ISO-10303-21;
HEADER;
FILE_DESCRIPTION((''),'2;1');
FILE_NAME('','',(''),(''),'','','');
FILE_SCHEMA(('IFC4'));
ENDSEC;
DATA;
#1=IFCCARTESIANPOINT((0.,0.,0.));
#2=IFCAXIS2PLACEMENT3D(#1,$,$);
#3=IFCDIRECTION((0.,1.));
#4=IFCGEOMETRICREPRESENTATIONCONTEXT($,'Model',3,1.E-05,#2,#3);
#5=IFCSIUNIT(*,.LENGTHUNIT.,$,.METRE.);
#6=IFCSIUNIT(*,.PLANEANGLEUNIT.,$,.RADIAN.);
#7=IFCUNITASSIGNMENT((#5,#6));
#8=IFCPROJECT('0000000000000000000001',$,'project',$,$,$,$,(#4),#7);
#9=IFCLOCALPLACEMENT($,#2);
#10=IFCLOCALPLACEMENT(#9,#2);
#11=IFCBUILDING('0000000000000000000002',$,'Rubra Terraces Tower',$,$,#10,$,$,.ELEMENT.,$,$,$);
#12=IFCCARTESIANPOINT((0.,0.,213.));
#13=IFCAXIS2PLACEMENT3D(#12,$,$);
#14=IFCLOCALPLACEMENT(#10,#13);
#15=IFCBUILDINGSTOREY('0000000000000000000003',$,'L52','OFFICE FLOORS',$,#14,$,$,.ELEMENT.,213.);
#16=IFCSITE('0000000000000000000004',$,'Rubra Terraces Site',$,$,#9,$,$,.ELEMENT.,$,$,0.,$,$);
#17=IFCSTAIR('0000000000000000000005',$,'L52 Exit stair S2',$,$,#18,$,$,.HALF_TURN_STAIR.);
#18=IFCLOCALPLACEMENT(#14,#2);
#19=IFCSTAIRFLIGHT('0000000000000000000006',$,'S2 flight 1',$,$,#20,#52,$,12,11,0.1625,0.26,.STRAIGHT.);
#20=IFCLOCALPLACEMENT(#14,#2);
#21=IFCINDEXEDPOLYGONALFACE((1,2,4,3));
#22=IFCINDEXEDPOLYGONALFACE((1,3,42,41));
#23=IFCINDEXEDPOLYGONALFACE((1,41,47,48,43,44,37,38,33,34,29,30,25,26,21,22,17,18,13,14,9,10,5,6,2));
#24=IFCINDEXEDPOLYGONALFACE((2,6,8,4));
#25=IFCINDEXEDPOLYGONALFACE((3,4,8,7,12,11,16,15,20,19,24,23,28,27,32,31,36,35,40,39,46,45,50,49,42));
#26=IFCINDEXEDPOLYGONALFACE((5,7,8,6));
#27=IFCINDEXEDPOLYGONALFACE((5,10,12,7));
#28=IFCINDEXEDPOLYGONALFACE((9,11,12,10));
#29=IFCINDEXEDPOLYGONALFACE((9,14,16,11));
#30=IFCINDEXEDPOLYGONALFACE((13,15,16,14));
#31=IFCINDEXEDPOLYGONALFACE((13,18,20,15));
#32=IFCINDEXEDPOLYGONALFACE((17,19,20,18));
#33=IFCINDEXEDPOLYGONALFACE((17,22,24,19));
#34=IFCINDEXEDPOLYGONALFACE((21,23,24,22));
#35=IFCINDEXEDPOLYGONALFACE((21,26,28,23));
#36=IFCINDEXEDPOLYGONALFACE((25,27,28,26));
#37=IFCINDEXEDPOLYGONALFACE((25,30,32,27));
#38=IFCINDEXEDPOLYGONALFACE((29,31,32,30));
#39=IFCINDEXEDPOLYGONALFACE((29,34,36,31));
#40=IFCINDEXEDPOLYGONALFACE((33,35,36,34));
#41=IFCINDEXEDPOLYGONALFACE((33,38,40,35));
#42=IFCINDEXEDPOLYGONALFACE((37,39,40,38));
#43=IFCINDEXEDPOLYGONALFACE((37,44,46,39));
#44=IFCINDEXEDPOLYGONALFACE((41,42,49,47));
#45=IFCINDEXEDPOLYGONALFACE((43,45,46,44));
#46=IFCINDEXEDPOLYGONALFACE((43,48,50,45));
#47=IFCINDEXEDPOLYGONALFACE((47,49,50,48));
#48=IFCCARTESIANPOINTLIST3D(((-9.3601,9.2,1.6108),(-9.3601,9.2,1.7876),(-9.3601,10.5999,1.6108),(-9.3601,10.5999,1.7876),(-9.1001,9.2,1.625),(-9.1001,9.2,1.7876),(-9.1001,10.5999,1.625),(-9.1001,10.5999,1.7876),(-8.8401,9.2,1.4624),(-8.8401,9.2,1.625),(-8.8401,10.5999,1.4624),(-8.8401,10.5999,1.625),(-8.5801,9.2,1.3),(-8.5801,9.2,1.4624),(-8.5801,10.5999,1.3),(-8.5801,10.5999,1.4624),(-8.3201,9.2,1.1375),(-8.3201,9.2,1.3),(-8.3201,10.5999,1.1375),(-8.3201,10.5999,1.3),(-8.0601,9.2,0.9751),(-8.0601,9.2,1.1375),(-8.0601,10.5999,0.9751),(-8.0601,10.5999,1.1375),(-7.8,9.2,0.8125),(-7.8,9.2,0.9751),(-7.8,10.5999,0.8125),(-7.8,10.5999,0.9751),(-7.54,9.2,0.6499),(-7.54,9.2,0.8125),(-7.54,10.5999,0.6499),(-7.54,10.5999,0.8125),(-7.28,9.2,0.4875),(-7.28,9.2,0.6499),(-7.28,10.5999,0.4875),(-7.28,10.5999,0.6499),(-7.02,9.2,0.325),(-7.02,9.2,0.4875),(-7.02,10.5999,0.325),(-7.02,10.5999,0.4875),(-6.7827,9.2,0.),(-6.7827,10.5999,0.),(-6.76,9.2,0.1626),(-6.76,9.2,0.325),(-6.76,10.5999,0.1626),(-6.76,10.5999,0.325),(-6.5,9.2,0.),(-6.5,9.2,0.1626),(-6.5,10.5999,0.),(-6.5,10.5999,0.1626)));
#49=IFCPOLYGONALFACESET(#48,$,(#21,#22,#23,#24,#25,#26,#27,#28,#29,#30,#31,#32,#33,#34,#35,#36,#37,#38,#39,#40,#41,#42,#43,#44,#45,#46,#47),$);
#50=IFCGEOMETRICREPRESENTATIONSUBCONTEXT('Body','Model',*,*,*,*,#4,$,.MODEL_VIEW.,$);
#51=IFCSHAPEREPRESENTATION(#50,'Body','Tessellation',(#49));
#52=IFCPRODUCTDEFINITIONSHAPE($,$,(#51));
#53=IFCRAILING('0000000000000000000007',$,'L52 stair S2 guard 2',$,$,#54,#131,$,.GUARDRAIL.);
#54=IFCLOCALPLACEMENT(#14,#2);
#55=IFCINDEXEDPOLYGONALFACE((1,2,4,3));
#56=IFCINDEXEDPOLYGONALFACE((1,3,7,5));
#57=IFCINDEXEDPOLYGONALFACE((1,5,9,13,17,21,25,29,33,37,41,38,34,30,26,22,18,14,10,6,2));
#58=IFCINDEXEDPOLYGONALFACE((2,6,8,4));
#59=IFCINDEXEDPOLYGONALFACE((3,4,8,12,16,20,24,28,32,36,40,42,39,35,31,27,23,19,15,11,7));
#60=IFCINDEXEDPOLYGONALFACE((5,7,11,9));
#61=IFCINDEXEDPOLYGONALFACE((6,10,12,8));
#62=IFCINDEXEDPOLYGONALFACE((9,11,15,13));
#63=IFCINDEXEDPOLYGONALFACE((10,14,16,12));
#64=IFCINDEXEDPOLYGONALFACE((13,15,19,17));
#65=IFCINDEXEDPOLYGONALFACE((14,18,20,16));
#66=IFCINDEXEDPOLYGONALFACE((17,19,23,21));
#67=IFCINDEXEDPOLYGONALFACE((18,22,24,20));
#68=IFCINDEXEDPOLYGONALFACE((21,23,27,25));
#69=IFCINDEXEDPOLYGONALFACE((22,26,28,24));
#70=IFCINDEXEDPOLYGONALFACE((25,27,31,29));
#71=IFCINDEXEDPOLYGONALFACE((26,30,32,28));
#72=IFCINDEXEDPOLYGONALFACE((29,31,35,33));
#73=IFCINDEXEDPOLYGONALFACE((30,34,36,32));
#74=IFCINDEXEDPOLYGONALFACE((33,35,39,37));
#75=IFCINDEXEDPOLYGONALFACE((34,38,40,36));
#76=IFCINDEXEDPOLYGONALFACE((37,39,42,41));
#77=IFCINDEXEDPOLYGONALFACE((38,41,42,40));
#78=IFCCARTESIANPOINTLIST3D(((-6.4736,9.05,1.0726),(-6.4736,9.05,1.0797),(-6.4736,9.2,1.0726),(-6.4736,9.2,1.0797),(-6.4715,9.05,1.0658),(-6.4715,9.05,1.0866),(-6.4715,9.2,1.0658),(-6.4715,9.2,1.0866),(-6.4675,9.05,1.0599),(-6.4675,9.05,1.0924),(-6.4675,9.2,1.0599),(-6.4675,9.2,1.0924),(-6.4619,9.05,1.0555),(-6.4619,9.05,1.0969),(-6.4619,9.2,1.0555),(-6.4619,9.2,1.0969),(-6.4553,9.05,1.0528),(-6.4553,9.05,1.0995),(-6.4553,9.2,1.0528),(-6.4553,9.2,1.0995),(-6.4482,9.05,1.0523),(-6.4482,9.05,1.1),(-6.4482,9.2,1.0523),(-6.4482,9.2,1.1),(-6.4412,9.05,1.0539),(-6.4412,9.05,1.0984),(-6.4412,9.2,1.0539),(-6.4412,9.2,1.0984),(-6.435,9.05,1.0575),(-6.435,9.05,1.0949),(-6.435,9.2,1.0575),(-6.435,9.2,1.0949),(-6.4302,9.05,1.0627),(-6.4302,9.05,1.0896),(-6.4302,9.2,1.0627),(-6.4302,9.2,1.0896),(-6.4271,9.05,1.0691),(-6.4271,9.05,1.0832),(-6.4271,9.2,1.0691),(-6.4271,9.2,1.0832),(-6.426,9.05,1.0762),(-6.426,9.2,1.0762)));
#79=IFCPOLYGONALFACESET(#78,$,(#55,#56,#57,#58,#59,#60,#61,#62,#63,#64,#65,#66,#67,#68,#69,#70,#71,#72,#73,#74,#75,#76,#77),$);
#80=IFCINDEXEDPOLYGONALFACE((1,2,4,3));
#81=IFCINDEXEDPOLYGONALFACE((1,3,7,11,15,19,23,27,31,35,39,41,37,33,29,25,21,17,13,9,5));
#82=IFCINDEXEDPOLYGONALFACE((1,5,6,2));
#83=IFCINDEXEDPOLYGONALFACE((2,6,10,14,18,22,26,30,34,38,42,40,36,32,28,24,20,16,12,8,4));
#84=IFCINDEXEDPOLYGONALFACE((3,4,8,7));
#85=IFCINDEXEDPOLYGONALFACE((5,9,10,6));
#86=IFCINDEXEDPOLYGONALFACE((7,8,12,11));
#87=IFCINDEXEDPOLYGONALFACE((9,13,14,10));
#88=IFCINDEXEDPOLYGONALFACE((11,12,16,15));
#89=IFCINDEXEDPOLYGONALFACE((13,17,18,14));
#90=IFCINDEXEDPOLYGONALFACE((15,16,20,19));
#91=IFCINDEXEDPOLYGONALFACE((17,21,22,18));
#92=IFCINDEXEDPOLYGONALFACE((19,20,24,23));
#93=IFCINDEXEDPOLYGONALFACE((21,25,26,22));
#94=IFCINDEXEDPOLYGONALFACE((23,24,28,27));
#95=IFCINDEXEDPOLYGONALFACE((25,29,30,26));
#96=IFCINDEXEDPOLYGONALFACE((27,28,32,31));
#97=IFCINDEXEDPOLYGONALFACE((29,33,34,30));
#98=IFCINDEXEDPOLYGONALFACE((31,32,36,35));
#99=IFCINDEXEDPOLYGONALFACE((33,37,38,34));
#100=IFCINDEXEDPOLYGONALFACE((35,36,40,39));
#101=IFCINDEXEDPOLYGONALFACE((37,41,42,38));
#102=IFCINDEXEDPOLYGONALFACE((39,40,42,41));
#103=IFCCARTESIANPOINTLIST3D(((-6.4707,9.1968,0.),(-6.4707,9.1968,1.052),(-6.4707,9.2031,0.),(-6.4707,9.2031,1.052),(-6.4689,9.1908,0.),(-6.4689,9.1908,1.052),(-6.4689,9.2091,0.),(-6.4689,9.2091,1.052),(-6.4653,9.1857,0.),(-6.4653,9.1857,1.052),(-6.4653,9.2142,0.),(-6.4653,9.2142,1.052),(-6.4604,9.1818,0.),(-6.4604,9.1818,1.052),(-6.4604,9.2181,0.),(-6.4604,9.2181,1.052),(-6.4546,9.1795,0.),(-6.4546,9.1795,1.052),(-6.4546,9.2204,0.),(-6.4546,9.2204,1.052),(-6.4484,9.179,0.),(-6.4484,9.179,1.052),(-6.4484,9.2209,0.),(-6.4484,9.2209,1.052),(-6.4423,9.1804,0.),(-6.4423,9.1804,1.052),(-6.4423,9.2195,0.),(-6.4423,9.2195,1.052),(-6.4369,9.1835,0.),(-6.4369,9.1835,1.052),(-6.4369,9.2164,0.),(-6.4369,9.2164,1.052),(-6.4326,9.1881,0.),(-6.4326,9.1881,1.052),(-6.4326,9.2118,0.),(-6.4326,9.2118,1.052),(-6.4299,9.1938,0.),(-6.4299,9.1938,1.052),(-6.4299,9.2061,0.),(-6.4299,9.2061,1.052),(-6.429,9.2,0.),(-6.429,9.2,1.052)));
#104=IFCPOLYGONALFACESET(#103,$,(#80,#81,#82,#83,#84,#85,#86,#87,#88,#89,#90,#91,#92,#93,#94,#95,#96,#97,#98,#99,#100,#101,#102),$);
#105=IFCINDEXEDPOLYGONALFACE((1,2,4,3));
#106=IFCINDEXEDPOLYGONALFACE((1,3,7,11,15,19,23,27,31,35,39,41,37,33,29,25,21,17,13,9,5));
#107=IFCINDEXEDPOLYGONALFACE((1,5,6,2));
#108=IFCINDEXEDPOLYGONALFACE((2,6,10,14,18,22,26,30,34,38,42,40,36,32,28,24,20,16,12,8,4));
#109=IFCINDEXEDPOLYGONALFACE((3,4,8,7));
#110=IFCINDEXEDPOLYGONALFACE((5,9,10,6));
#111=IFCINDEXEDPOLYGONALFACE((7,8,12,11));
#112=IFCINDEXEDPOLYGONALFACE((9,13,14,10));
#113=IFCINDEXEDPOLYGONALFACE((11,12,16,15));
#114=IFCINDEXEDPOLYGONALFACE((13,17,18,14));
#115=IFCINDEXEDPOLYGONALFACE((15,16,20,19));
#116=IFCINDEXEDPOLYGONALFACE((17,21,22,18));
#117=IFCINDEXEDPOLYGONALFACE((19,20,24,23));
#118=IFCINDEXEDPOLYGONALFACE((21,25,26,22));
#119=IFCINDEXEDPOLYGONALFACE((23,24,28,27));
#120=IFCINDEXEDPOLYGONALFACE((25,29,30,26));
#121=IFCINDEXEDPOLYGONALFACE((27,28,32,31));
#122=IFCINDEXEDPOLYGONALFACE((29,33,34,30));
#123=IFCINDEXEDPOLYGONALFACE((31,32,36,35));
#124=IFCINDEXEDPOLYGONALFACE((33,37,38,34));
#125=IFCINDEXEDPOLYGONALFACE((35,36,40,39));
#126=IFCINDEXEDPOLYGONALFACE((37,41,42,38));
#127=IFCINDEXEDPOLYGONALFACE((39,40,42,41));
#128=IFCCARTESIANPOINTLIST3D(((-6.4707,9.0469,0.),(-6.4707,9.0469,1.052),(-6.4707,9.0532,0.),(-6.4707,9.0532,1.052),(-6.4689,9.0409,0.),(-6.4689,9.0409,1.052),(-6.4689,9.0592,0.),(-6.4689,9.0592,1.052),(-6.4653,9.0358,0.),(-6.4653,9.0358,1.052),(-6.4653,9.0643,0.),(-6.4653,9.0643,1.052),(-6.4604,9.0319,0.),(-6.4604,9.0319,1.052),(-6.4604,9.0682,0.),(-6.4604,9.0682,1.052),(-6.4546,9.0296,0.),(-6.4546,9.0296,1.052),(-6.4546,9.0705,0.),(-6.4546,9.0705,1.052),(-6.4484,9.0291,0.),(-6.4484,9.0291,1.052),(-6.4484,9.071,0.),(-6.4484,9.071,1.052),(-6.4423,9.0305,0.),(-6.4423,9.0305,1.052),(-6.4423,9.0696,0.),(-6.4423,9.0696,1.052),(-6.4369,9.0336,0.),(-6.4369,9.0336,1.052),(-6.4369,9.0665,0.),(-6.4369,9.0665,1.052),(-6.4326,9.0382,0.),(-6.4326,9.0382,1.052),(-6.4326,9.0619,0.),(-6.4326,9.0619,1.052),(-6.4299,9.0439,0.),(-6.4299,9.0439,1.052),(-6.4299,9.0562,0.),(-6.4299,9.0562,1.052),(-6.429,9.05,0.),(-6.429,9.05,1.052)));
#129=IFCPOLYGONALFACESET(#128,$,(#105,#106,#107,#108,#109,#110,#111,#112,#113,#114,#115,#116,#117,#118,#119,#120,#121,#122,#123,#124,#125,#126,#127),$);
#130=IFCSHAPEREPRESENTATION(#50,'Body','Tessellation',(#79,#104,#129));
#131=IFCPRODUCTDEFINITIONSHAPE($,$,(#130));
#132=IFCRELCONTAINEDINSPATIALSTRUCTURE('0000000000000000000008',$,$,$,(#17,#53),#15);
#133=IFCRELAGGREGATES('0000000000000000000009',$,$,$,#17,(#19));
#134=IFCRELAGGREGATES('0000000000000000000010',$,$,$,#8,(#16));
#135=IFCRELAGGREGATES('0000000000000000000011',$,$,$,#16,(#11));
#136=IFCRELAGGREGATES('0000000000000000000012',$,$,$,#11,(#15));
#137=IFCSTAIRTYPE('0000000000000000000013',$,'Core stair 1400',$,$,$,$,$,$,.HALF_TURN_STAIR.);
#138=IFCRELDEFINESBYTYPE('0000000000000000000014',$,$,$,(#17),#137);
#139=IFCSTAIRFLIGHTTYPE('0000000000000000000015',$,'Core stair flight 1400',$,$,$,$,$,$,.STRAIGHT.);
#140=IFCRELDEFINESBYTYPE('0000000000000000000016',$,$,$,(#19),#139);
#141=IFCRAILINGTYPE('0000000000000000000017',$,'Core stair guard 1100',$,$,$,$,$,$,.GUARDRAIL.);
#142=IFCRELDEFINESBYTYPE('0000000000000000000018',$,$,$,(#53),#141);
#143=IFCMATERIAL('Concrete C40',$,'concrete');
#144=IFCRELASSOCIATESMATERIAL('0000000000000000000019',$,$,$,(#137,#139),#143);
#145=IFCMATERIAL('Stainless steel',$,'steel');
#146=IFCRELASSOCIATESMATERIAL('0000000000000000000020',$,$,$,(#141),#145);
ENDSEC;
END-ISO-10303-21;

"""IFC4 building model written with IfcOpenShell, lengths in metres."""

from ifc_helpers import new_model, si_unit, direction, frame, origin, origin_2d, place, context, subcontext, project, spatial, polyline, circle, outline, extrude, material, type_object, element, aggregate, save


model = new_model("IFC4")

# Units and contexts
model_context = context("Model", 3, precision=1e-05, world=origin(), true_north=direction((0.0, 1.0)))
body_context = subcontext(model_context, "Body", "Model", "MODEL_VIEW")
ifc_project = project(units=[si_unit("LENGTHUNIT", "METRE"), si_unit("PLANEANGLEUNIT", "RADIAN")], contexts=[model_context])

# Site, building, storey
site_placement = place(None, origin())
site = spatial("IfcSite", under=ifc_project, at=site_placement, Name="Rubra Terraces Site", CompositionType="ELEMENT", RefElevation=0.0)
building_placement = place(site_placement, origin())
building = spatial("IfcBuilding", under=site, at=building_placement, Name="Rubra Terraces Tower", CompositionType="ELEMENT")
storey_placement = place(building_placement, frame((0.0, 0.0, 213.0)))
storey = spatial("IfcBuildingStorey", under=building, at=storey_placement, Name="L52", Description="OFFICE FLOORS", CompositionType="ELEMENT", Elevation=213.0)

# Shared definitions
ifc_material_1 = material(Name="Stainless steel", Category="steel")

# Stair, stair flight
ifc_material_2 = material(Name="Concrete C40", Category="concrete")
stair_type = type_object("IfcStairType", Name="Core stair 1400", PredefinedType="HALF_TURN_STAIR", material=ifc_material_2)
stair_placement = place(storey_placement, origin())
stair = element("IfcStair", 1, at=stair_placement, inside=storey, type_object=stair_type, Name="L52 Exit stair S2", PredefinedType="HALF_TURN_STAIR")
stair_flight_type = type_object("IfcStairFlightType", Name="Core stair flight 1400", PredefinedType="STRAIGHT", material=ifc_material_2)
stair_flight_placement = place(storey_placement, frame((-6.5, 9.8999, 0.0), z_axis=(0.0, 0.0, 1.0), x_axis=(-1.0, 0.0, 0.0)))
stair_flight = element("IfcStairFlight", 2, at=stair_flight_placement, type_object=stair_flight_type, Name="S2 flight 1", NumberOfRisers=12, NumberOfTreads=11, PredefinedType="STRAIGHT", RiserHeight=0.1625, TreadLength=0.26, context=body_context, shape_type="SweptSolid", body=[
    extrude(outline(polyline([(0.0, 0.0), (0.0, 0.1626), (0.26, 0.1626), (0.26, 0.325), (0.52, 0.325), (0.52, 0.4875), (0.78, 0.4875), (0.78, 0.6499), (1.04, 0.6499), (1.04, 0.8125), (1.3, 0.8125), (1.3, 0.9751), (1.5601, 0.9751), (1.5601, 1.1375), (1.8201, 1.1375), (1.8201, 1.3), (2.0801, 1.3), (2.0801, 1.4624), (2.3401, 1.4624), (2.3401, 1.625), (2.6001, 1.625), (2.6001, 1.7876), (2.8601, 1.7876), (2.8601, 1.95), (2.8601, 1.6108), (0.2827, 0.0), (0.0, 0.0)])), frame((0.0, 0.7, 0.0), z_axis=(0.0, -1.0, 0.0), x_axis=(1.0, 0.0, 0.0)), (0.0, 0.0, 1.0), 1.3999),
])
aggregate(stair, [stair_flight])

# Railing
railing_type_1 = type_object("IfcRailingType", Name="Core stair guard 1100", PredefinedType="GUARDRAIL", material=ifc_material_1)
railing_1_placement = place(storey_placement, frame((-6.45, 9.2, 0.0)))
element("IfcRailing", 3, at=railing_1_placement, inside=storey, type_object=railing_type_1, Name="L52 stair S2 guard 2", PredefinedType="GUARDRAIL", context=body_context, shape_type="SweptSolid", body=[
    extrude(circle(Radius=0.0239, at=origin_2d()), frame((0.0, 0.0, 1.0762), z_axis=(0.0, -1.0, 0.0), x_axis=(1.0, 0.0, 0.0)), (0.0, 0.0, 1.0), 0.1499),
    extrude(circle(Radius=0.021, at=origin_2d()), origin(), (0.0, 0.0, 1.0), 1.052),
    extrude(circle(Radius=0.021, at=origin_2d()), frame((0.0, -0.1499, 0.0)), (0.0, 0.0, 1.0), 1.052),
])

save(model, "model.ifc")
